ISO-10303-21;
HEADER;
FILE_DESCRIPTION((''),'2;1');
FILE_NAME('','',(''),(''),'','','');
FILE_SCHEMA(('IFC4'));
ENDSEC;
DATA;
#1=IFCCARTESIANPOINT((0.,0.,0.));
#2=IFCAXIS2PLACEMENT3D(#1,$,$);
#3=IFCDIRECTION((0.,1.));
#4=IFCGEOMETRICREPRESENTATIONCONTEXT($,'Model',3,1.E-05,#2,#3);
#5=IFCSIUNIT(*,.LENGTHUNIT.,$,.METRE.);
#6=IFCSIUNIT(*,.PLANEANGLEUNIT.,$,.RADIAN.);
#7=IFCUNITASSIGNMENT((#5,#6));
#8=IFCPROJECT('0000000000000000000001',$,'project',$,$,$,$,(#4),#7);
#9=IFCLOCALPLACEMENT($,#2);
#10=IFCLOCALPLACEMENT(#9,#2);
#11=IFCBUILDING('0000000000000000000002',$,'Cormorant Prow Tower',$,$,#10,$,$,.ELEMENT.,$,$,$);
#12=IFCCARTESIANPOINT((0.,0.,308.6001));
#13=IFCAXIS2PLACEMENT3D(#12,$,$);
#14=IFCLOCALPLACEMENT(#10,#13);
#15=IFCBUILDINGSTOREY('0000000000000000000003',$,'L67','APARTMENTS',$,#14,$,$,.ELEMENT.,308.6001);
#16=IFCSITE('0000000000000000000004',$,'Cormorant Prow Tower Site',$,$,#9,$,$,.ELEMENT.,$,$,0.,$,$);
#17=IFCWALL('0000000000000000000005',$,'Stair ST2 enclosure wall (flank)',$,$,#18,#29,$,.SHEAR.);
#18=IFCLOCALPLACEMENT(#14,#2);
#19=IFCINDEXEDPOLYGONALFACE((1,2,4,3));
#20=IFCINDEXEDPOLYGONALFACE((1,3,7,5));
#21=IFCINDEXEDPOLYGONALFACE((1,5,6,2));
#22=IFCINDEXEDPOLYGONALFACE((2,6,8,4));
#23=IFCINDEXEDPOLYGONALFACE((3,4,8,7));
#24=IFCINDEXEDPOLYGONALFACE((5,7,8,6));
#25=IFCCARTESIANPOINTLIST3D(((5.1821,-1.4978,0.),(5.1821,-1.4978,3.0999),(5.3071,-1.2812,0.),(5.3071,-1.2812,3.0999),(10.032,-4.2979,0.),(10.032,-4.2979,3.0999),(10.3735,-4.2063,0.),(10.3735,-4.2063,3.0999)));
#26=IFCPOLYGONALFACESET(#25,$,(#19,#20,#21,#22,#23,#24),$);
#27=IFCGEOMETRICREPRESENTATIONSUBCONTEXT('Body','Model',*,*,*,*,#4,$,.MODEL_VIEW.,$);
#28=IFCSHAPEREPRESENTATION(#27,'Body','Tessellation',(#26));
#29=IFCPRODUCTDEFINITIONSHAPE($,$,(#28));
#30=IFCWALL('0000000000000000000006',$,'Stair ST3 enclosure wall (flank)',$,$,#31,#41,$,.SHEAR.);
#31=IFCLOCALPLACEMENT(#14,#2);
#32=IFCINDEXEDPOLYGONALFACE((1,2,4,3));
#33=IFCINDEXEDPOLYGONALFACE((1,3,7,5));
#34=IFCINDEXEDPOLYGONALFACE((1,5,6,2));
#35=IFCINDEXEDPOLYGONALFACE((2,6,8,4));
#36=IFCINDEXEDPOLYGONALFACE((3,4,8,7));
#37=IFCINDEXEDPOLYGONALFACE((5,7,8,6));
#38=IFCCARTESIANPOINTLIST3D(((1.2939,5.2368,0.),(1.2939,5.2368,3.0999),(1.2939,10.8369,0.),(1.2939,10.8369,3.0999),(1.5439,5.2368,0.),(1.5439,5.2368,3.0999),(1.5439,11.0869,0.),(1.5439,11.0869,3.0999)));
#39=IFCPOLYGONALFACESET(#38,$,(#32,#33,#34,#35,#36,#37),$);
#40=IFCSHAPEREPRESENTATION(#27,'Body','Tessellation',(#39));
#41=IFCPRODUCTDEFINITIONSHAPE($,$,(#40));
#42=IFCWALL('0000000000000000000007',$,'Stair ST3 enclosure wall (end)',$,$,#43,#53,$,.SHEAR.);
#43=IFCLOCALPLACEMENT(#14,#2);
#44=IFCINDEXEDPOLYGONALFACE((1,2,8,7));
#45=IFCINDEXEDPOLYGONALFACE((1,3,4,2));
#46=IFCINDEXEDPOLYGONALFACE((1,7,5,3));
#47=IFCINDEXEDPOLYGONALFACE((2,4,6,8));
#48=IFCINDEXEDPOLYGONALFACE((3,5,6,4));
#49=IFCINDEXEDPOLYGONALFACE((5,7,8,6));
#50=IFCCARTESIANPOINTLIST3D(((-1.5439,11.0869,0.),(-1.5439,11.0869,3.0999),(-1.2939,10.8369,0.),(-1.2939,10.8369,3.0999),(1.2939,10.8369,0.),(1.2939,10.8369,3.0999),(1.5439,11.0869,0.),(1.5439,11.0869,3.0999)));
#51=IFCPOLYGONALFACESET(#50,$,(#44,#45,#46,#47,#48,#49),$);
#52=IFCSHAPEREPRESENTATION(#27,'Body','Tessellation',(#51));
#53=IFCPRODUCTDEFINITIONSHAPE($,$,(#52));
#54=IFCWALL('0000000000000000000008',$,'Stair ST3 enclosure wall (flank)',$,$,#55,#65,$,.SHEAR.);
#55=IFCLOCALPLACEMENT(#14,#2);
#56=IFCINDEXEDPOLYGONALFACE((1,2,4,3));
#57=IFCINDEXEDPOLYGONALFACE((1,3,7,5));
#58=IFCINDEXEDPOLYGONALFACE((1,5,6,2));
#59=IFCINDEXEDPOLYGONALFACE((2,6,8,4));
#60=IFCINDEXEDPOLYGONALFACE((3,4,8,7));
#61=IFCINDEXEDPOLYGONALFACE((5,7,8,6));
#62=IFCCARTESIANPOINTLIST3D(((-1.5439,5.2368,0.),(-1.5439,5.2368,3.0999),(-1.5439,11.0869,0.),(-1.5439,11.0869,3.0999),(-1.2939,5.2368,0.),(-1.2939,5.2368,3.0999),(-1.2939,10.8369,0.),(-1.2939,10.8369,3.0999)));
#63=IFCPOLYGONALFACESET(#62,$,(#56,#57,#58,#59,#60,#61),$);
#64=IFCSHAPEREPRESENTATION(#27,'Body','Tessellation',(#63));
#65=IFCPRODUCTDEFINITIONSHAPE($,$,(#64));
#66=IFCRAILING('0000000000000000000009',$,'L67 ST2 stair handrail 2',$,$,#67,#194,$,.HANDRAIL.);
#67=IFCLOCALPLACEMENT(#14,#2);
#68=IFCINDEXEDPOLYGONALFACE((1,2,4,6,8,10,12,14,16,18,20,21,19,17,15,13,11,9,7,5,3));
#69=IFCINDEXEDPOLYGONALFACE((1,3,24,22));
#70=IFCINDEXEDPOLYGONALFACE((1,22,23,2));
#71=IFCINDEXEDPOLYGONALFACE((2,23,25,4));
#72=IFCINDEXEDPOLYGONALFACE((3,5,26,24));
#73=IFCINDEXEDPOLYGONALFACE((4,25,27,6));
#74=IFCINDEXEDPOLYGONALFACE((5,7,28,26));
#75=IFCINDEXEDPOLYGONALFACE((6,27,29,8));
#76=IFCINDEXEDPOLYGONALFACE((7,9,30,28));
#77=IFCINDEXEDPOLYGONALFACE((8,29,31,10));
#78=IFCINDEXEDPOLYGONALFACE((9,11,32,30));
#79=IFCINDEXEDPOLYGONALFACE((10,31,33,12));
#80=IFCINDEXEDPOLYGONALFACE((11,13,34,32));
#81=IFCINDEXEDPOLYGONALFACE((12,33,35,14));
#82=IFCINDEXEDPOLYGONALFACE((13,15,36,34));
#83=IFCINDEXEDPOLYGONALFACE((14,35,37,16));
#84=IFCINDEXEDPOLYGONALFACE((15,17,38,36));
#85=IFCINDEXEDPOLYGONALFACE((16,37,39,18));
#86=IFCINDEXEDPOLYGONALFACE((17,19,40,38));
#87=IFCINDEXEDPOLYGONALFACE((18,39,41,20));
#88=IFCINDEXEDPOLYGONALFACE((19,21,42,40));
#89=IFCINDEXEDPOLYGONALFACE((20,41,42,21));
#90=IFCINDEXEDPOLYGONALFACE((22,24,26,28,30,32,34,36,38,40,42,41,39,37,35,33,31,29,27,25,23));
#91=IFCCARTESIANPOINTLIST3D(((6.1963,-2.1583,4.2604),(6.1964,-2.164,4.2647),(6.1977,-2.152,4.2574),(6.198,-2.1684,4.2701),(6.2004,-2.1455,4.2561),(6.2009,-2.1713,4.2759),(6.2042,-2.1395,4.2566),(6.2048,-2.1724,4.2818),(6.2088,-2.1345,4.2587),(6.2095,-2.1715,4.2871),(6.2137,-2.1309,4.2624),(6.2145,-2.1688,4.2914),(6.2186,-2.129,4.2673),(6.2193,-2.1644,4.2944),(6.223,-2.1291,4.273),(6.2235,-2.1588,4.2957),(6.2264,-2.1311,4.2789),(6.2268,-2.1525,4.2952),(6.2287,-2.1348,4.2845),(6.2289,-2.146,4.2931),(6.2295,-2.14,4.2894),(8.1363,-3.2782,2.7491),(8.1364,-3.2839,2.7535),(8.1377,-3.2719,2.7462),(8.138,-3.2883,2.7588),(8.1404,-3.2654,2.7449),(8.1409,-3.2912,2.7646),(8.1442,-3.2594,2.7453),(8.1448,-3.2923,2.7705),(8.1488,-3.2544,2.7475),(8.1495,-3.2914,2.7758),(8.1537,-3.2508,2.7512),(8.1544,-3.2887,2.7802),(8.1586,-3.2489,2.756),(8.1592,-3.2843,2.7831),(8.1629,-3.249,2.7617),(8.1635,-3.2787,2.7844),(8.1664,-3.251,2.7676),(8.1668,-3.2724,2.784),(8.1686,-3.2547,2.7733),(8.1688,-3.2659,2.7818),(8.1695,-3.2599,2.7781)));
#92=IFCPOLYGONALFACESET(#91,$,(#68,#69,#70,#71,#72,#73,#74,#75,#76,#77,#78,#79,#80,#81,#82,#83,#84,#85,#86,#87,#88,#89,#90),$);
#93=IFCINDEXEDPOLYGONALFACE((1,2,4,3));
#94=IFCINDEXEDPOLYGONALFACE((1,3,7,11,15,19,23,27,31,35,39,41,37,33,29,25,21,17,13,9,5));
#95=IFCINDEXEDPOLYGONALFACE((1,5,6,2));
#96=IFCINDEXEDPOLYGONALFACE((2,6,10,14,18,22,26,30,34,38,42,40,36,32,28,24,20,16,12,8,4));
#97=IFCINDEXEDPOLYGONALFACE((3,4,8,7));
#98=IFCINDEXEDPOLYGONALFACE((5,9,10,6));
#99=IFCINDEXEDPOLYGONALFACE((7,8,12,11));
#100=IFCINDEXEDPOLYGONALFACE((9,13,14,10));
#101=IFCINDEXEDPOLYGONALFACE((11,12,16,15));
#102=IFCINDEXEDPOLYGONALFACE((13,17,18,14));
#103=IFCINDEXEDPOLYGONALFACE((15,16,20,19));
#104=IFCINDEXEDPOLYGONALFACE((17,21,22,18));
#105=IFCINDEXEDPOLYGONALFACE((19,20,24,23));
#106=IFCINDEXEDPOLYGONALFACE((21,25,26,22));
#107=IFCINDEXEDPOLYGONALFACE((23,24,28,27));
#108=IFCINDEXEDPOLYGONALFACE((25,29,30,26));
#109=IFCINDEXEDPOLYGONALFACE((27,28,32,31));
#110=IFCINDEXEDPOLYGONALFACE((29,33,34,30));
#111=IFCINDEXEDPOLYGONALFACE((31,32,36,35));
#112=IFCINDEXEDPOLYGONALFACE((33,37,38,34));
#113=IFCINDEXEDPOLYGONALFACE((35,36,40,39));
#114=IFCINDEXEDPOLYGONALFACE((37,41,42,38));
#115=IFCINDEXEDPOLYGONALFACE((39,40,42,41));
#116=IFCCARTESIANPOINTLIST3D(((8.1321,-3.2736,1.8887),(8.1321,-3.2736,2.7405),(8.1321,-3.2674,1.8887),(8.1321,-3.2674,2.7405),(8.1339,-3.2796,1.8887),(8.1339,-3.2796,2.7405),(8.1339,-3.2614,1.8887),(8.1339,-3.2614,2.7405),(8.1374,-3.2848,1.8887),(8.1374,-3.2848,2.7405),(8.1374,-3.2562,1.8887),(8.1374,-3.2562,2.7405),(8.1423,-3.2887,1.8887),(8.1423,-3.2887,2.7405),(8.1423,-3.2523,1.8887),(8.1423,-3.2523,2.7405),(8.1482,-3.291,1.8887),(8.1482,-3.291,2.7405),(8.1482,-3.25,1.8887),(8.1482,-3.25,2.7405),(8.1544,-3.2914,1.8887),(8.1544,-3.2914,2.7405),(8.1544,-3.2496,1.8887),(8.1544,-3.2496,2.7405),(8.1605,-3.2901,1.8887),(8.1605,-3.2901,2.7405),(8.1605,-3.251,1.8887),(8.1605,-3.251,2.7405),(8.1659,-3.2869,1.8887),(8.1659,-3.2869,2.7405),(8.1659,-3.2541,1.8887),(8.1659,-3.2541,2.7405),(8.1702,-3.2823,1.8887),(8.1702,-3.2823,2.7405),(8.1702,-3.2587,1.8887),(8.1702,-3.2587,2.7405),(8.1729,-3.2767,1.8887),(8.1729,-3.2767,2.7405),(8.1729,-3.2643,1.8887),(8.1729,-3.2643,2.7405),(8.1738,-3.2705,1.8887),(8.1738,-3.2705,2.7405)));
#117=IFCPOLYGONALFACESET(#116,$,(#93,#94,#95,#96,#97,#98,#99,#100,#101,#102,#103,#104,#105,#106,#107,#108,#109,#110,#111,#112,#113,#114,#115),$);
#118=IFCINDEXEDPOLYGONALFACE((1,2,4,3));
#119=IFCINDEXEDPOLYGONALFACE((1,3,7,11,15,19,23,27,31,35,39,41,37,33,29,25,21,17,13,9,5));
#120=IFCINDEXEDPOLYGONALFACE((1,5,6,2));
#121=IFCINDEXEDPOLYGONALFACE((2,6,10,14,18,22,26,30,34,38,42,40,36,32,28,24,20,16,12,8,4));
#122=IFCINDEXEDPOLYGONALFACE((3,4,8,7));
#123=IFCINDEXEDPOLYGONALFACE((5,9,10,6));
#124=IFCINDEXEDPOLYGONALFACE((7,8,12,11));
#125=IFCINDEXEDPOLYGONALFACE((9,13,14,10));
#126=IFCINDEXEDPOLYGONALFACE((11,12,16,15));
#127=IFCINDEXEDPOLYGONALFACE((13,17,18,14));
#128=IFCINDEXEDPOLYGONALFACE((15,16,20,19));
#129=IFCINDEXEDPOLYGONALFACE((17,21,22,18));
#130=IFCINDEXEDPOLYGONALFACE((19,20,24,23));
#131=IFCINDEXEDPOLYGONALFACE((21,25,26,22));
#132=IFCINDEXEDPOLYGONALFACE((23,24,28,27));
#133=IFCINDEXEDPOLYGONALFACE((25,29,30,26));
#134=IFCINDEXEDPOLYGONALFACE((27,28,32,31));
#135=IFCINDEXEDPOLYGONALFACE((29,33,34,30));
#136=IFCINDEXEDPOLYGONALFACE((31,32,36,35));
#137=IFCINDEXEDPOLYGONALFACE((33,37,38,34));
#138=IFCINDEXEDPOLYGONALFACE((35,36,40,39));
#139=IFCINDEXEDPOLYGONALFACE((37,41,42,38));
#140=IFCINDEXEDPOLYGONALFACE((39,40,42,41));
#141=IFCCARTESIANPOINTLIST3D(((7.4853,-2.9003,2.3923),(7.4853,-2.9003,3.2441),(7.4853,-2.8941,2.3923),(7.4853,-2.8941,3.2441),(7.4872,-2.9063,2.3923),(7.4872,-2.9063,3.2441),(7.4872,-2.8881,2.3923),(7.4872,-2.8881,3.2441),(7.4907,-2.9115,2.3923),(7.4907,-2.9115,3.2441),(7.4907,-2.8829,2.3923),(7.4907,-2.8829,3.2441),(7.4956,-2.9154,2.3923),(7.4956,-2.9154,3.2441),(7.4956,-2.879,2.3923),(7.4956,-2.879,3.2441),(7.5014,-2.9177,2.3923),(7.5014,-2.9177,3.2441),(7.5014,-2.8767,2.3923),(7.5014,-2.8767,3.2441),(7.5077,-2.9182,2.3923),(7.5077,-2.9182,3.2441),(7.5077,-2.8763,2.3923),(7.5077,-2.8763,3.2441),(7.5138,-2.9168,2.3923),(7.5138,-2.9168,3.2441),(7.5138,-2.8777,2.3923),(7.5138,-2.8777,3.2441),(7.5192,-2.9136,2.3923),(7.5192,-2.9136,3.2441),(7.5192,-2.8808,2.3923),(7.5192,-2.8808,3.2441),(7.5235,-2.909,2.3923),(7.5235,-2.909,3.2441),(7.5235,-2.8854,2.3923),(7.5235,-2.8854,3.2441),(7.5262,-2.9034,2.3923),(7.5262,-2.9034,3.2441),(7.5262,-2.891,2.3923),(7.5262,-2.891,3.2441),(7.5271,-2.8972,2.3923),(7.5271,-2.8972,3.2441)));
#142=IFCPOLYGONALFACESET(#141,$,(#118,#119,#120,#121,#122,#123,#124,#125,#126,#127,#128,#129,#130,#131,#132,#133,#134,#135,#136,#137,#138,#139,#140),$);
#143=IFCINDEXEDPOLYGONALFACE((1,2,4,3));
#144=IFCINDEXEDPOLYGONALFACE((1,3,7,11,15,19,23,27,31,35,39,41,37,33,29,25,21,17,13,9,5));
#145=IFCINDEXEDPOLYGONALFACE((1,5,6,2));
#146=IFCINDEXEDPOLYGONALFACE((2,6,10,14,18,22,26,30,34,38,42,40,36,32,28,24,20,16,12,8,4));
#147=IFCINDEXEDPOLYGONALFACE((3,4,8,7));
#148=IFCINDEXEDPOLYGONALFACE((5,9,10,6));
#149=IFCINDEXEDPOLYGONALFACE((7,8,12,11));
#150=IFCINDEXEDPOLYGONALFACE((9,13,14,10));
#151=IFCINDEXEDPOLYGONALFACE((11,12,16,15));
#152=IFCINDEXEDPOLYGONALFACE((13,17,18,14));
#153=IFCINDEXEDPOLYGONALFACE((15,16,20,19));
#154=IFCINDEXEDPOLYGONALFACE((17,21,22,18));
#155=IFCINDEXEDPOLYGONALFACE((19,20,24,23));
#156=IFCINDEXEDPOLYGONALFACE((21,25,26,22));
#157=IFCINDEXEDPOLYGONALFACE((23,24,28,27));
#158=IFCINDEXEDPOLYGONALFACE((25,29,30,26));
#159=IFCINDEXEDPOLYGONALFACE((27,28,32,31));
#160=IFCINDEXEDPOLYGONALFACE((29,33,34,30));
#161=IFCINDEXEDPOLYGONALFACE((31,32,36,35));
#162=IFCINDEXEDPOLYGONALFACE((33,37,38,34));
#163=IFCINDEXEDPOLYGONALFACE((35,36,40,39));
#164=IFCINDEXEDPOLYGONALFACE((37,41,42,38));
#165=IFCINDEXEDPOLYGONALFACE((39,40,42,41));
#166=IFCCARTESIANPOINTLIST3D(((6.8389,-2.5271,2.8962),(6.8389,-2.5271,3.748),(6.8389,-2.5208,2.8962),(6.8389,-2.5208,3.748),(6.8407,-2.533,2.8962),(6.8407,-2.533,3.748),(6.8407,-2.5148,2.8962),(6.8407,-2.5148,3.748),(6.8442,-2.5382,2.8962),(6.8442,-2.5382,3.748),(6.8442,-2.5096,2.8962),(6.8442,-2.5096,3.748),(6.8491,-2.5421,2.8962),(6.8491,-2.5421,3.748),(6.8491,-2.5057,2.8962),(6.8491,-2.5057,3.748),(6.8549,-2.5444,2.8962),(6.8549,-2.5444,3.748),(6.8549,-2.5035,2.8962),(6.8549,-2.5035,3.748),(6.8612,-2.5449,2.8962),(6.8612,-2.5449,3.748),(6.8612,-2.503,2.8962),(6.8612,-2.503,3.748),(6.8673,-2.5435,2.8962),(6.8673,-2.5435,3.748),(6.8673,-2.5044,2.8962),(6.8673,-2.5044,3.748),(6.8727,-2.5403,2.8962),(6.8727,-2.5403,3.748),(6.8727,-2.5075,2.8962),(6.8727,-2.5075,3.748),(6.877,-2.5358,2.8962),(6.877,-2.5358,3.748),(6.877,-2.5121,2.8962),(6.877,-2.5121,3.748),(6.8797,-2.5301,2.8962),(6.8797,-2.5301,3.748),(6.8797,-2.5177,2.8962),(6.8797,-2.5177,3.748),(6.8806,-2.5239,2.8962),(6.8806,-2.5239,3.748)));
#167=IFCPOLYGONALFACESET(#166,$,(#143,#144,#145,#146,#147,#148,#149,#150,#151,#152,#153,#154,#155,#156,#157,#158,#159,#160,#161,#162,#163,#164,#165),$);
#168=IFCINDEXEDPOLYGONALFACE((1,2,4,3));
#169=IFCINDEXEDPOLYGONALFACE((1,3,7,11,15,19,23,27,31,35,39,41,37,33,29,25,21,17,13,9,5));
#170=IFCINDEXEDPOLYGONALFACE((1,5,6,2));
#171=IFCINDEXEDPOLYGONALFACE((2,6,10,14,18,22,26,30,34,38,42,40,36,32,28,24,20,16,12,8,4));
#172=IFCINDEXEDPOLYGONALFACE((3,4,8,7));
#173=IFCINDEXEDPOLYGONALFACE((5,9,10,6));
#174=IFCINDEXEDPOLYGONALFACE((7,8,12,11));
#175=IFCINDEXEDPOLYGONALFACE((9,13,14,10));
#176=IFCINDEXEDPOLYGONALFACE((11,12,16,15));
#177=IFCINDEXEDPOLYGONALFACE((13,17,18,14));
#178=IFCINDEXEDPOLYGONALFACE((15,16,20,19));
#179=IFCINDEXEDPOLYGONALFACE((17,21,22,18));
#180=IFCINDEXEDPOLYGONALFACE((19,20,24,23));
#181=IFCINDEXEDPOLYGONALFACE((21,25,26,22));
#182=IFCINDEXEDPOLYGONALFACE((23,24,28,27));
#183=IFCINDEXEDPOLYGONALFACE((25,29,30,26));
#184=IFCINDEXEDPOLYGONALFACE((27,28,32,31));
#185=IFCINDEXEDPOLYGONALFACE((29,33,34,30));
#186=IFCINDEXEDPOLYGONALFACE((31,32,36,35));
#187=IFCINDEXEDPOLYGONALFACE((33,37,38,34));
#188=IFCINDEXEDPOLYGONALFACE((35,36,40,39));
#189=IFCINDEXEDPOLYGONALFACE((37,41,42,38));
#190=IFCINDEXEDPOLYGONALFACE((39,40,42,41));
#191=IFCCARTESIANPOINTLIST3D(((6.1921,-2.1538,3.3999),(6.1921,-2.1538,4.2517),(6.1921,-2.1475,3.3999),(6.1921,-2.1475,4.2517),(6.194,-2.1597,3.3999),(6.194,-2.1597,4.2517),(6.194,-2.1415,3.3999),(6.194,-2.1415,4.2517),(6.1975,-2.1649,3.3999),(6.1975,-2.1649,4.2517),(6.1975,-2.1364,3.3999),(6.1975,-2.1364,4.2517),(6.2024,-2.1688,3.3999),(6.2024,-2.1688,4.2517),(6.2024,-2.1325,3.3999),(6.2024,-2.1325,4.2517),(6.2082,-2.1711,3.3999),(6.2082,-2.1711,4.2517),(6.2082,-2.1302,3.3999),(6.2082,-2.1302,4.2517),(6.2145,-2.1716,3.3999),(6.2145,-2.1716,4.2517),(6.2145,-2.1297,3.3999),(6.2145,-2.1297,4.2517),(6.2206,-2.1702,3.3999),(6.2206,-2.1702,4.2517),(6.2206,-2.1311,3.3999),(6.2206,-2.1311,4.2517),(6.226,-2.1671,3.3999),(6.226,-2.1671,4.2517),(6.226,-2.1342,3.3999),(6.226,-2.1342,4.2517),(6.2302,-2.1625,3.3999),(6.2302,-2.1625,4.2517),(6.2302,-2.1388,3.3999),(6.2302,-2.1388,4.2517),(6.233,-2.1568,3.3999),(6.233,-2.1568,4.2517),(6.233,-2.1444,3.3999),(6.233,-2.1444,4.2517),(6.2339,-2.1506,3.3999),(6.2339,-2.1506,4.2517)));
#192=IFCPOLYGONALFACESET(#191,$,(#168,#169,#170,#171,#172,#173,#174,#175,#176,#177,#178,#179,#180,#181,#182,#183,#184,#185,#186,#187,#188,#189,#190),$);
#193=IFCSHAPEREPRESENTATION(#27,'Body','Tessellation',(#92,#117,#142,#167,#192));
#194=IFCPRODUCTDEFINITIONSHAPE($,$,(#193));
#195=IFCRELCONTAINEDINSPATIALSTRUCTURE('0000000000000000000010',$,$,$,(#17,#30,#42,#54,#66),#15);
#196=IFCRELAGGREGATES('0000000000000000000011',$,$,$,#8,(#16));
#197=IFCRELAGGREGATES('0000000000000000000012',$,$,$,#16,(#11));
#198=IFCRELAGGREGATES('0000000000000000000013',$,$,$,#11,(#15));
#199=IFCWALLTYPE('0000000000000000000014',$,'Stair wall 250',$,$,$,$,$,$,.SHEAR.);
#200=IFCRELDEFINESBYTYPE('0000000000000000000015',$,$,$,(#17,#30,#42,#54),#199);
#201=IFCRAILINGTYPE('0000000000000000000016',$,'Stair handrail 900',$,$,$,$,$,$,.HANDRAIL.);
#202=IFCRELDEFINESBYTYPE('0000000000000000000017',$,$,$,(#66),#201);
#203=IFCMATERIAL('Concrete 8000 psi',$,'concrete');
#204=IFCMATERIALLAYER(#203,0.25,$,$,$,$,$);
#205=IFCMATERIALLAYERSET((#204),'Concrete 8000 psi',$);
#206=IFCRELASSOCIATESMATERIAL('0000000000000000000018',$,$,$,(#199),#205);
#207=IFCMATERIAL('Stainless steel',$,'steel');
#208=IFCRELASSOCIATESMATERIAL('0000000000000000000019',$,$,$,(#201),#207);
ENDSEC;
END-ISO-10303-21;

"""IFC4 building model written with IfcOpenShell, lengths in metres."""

from ifc_helpers import new_model, si_unit, direction, frame, origin, origin_2d, place, context, subcontext, project, spatial, polyline, circle, outline, extrude, material, layer, layer_set, type_object, element, save


model = new_model("IFC4")

# Units and contexts
model_context = context("Model", 3, precision=1e-05, world=origin(), true_north=direction((0.0, 1.0)))
body_context = subcontext(model_context, "Body", "Model", "MODEL_VIEW")
ifc_project = project(units=[si_unit("LENGTHUNIT", "METRE"), si_unit("PLANEANGLEUNIT", "RADIAN")], contexts=[model_context])

# Site, building, storey
site_placement = place(None, origin())
site = spatial("IfcSite", under=ifc_project, at=site_placement, Name="Cormorant Prow Tower Site", CompositionType="ELEMENT", RefElevation=0.0)
building_placement = place(site_placement, origin())
building = spatial("IfcBuilding", under=site, at=building_placement, Name="Cormorant Prow Tower", CompositionType="ELEMENT")
storey_placement = place(building_placement, frame((0.0, 0.0, 308.6001)))
storey = spatial("IfcBuildingStorey", under=building, at=storey_placement, Name="L67", Description="APARTMENTS", CompositionType="ELEMENT", Elevation=308.6001)

# Walls
ifc_material_1 = material(Name="Concrete 8000 psi", Category="concrete")
ifc_layer_1 = layer(ifc_material_1, 0.25)
ifc_layer_set_1 = layer_set([ifc_layer_1], Name="Concrete 8000 psi")
wall_type_1 = type_object("IfcWallType", Name="Stair wall 250", PredefinedType="SHEAR", material=ifc_layer_set_1)
wall_1_placement = place(storey_placement, origin())
element("IfcWall", 1, at=wall_1_placement, inside=storey, type_object=wall_type_1, Name="Stair ST2 enclosure wall (flank)", PredefinedType="SHEAR", context=body_context, shape_type="SweptSolid", body=[
    extrude(outline(polyline([(10.032, -4.2979), (10.3735, -4.2063), (5.3071, -1.2812), (5.1821, -1.4978), (10.032, -4.2979)])), origin(), (0.0, 0.0, 1.0), 3.0999),
])
wall_2_placement = place(storey_placement, origin())
element("IfcWall", 2, at=wall_2_placement, inside=storey, type_object=wall_type_1, Name="Stair ST3 enclosure wall (flank)", PredefinedType="SHEAR", context=body_context, shape_type="SweptSolid", body=[
    extrude(outline(polyline([(1.5439, 5.2368), (1.5439, 11.0869), (1.2939, 10.8369), (1.2939, 5.2368), (1.5439, 5.2368)])), origin(), (0.0, 0.0, 1.0), 3.0999),
])
wall_3_placement = place(storey_placement, origin())
element("IfcWall", 3, at=wall_3_placement, inside=storey, type_object=wall_type_1, Name="Stair ST3 enclosure wall (end)", PredefinedType="SHEAR", context=body_context, shape_type="SweptSolid", body=[
    extrude(outline(polyline([(1.5439, 11.0869), (-1.5439, 11.0869), (-1.2939, 10.8369), (1.2939, 10.8369), (1.5439, 11.0869)])), origin(), (0.0, 0.0, 1.0), 3.0999),
])
wall_4_placement = place(storey_placement, origin())
element("IfcWall", 4, at=wall_4_placement, inside=storey, type_object=wall_type_1, Name="Stair ST3 enclosure wall (flank)", PredefinedType="SHEAR", context=body_context, shape_type="SweptSolid", body=[
    extrude(outline(polyline([(-1.2939, 10.8369), (-1.5439, 11.0869), (-1.5439, 5.2368), (-1.2939, 5.2368), (-1.2939, 10.8369)])), origin(), (0.0, 0.0, 1.0), 3.0999),
])

# Railing
ifc_material_2 = material(Name="Stainless steel", Category="steel")
railing_type_1 = type_object("IfcRailingType", Name="Stair handrail 900", PredefinedType="HANDRAIL", material=ifc_material_2)
railing_1_placement = place(storey_placement, frame((8.1528, -3.2705, 1.8887)))
element("IfcRailing", 5, at=railing_1_placement, inside=storey, type_object=railing_type_1, Name="L67 ST2 stair handrail 2", PredefinedType="HANDRAIL", context=body_context, shape_type="SweptSolid", body=[
    extrude(circle(Radius=0.0239, at=origin_2d()), frame((0.0, 0.0, 0.876), z_axis=(-0.71794, 0.414447, 0.559281), x_axis=(-0.499949, -0.866055, 0.0)), (0.0, 0.0, 1.0), 2.7021),
    extrude(circle(Radius=0.021, at=origin_2d()), origin(), (0.0, 0.0, 1.0), 0.8518),
    extrude(circle(Radius=0.021, at=origin_2d()), frame((-0.6467, 0.3733, 0.5037)), (0.0, 0.0, 1.0), 0.8518),
    extrude(circle(Radius=0.021, at=origin_2d()), frame((-1.2932, 0.7466, 1.0076)), (0.0, 0.0, 1.0), 0.8518),
    extrude(circle(Radius=0.021, at=origin_2d()), frame((-1.9399, 1.1199, 1.5112)), (0.0, 0.0, 1.0), 0.8518),
])

save(model, "model.ifc")
